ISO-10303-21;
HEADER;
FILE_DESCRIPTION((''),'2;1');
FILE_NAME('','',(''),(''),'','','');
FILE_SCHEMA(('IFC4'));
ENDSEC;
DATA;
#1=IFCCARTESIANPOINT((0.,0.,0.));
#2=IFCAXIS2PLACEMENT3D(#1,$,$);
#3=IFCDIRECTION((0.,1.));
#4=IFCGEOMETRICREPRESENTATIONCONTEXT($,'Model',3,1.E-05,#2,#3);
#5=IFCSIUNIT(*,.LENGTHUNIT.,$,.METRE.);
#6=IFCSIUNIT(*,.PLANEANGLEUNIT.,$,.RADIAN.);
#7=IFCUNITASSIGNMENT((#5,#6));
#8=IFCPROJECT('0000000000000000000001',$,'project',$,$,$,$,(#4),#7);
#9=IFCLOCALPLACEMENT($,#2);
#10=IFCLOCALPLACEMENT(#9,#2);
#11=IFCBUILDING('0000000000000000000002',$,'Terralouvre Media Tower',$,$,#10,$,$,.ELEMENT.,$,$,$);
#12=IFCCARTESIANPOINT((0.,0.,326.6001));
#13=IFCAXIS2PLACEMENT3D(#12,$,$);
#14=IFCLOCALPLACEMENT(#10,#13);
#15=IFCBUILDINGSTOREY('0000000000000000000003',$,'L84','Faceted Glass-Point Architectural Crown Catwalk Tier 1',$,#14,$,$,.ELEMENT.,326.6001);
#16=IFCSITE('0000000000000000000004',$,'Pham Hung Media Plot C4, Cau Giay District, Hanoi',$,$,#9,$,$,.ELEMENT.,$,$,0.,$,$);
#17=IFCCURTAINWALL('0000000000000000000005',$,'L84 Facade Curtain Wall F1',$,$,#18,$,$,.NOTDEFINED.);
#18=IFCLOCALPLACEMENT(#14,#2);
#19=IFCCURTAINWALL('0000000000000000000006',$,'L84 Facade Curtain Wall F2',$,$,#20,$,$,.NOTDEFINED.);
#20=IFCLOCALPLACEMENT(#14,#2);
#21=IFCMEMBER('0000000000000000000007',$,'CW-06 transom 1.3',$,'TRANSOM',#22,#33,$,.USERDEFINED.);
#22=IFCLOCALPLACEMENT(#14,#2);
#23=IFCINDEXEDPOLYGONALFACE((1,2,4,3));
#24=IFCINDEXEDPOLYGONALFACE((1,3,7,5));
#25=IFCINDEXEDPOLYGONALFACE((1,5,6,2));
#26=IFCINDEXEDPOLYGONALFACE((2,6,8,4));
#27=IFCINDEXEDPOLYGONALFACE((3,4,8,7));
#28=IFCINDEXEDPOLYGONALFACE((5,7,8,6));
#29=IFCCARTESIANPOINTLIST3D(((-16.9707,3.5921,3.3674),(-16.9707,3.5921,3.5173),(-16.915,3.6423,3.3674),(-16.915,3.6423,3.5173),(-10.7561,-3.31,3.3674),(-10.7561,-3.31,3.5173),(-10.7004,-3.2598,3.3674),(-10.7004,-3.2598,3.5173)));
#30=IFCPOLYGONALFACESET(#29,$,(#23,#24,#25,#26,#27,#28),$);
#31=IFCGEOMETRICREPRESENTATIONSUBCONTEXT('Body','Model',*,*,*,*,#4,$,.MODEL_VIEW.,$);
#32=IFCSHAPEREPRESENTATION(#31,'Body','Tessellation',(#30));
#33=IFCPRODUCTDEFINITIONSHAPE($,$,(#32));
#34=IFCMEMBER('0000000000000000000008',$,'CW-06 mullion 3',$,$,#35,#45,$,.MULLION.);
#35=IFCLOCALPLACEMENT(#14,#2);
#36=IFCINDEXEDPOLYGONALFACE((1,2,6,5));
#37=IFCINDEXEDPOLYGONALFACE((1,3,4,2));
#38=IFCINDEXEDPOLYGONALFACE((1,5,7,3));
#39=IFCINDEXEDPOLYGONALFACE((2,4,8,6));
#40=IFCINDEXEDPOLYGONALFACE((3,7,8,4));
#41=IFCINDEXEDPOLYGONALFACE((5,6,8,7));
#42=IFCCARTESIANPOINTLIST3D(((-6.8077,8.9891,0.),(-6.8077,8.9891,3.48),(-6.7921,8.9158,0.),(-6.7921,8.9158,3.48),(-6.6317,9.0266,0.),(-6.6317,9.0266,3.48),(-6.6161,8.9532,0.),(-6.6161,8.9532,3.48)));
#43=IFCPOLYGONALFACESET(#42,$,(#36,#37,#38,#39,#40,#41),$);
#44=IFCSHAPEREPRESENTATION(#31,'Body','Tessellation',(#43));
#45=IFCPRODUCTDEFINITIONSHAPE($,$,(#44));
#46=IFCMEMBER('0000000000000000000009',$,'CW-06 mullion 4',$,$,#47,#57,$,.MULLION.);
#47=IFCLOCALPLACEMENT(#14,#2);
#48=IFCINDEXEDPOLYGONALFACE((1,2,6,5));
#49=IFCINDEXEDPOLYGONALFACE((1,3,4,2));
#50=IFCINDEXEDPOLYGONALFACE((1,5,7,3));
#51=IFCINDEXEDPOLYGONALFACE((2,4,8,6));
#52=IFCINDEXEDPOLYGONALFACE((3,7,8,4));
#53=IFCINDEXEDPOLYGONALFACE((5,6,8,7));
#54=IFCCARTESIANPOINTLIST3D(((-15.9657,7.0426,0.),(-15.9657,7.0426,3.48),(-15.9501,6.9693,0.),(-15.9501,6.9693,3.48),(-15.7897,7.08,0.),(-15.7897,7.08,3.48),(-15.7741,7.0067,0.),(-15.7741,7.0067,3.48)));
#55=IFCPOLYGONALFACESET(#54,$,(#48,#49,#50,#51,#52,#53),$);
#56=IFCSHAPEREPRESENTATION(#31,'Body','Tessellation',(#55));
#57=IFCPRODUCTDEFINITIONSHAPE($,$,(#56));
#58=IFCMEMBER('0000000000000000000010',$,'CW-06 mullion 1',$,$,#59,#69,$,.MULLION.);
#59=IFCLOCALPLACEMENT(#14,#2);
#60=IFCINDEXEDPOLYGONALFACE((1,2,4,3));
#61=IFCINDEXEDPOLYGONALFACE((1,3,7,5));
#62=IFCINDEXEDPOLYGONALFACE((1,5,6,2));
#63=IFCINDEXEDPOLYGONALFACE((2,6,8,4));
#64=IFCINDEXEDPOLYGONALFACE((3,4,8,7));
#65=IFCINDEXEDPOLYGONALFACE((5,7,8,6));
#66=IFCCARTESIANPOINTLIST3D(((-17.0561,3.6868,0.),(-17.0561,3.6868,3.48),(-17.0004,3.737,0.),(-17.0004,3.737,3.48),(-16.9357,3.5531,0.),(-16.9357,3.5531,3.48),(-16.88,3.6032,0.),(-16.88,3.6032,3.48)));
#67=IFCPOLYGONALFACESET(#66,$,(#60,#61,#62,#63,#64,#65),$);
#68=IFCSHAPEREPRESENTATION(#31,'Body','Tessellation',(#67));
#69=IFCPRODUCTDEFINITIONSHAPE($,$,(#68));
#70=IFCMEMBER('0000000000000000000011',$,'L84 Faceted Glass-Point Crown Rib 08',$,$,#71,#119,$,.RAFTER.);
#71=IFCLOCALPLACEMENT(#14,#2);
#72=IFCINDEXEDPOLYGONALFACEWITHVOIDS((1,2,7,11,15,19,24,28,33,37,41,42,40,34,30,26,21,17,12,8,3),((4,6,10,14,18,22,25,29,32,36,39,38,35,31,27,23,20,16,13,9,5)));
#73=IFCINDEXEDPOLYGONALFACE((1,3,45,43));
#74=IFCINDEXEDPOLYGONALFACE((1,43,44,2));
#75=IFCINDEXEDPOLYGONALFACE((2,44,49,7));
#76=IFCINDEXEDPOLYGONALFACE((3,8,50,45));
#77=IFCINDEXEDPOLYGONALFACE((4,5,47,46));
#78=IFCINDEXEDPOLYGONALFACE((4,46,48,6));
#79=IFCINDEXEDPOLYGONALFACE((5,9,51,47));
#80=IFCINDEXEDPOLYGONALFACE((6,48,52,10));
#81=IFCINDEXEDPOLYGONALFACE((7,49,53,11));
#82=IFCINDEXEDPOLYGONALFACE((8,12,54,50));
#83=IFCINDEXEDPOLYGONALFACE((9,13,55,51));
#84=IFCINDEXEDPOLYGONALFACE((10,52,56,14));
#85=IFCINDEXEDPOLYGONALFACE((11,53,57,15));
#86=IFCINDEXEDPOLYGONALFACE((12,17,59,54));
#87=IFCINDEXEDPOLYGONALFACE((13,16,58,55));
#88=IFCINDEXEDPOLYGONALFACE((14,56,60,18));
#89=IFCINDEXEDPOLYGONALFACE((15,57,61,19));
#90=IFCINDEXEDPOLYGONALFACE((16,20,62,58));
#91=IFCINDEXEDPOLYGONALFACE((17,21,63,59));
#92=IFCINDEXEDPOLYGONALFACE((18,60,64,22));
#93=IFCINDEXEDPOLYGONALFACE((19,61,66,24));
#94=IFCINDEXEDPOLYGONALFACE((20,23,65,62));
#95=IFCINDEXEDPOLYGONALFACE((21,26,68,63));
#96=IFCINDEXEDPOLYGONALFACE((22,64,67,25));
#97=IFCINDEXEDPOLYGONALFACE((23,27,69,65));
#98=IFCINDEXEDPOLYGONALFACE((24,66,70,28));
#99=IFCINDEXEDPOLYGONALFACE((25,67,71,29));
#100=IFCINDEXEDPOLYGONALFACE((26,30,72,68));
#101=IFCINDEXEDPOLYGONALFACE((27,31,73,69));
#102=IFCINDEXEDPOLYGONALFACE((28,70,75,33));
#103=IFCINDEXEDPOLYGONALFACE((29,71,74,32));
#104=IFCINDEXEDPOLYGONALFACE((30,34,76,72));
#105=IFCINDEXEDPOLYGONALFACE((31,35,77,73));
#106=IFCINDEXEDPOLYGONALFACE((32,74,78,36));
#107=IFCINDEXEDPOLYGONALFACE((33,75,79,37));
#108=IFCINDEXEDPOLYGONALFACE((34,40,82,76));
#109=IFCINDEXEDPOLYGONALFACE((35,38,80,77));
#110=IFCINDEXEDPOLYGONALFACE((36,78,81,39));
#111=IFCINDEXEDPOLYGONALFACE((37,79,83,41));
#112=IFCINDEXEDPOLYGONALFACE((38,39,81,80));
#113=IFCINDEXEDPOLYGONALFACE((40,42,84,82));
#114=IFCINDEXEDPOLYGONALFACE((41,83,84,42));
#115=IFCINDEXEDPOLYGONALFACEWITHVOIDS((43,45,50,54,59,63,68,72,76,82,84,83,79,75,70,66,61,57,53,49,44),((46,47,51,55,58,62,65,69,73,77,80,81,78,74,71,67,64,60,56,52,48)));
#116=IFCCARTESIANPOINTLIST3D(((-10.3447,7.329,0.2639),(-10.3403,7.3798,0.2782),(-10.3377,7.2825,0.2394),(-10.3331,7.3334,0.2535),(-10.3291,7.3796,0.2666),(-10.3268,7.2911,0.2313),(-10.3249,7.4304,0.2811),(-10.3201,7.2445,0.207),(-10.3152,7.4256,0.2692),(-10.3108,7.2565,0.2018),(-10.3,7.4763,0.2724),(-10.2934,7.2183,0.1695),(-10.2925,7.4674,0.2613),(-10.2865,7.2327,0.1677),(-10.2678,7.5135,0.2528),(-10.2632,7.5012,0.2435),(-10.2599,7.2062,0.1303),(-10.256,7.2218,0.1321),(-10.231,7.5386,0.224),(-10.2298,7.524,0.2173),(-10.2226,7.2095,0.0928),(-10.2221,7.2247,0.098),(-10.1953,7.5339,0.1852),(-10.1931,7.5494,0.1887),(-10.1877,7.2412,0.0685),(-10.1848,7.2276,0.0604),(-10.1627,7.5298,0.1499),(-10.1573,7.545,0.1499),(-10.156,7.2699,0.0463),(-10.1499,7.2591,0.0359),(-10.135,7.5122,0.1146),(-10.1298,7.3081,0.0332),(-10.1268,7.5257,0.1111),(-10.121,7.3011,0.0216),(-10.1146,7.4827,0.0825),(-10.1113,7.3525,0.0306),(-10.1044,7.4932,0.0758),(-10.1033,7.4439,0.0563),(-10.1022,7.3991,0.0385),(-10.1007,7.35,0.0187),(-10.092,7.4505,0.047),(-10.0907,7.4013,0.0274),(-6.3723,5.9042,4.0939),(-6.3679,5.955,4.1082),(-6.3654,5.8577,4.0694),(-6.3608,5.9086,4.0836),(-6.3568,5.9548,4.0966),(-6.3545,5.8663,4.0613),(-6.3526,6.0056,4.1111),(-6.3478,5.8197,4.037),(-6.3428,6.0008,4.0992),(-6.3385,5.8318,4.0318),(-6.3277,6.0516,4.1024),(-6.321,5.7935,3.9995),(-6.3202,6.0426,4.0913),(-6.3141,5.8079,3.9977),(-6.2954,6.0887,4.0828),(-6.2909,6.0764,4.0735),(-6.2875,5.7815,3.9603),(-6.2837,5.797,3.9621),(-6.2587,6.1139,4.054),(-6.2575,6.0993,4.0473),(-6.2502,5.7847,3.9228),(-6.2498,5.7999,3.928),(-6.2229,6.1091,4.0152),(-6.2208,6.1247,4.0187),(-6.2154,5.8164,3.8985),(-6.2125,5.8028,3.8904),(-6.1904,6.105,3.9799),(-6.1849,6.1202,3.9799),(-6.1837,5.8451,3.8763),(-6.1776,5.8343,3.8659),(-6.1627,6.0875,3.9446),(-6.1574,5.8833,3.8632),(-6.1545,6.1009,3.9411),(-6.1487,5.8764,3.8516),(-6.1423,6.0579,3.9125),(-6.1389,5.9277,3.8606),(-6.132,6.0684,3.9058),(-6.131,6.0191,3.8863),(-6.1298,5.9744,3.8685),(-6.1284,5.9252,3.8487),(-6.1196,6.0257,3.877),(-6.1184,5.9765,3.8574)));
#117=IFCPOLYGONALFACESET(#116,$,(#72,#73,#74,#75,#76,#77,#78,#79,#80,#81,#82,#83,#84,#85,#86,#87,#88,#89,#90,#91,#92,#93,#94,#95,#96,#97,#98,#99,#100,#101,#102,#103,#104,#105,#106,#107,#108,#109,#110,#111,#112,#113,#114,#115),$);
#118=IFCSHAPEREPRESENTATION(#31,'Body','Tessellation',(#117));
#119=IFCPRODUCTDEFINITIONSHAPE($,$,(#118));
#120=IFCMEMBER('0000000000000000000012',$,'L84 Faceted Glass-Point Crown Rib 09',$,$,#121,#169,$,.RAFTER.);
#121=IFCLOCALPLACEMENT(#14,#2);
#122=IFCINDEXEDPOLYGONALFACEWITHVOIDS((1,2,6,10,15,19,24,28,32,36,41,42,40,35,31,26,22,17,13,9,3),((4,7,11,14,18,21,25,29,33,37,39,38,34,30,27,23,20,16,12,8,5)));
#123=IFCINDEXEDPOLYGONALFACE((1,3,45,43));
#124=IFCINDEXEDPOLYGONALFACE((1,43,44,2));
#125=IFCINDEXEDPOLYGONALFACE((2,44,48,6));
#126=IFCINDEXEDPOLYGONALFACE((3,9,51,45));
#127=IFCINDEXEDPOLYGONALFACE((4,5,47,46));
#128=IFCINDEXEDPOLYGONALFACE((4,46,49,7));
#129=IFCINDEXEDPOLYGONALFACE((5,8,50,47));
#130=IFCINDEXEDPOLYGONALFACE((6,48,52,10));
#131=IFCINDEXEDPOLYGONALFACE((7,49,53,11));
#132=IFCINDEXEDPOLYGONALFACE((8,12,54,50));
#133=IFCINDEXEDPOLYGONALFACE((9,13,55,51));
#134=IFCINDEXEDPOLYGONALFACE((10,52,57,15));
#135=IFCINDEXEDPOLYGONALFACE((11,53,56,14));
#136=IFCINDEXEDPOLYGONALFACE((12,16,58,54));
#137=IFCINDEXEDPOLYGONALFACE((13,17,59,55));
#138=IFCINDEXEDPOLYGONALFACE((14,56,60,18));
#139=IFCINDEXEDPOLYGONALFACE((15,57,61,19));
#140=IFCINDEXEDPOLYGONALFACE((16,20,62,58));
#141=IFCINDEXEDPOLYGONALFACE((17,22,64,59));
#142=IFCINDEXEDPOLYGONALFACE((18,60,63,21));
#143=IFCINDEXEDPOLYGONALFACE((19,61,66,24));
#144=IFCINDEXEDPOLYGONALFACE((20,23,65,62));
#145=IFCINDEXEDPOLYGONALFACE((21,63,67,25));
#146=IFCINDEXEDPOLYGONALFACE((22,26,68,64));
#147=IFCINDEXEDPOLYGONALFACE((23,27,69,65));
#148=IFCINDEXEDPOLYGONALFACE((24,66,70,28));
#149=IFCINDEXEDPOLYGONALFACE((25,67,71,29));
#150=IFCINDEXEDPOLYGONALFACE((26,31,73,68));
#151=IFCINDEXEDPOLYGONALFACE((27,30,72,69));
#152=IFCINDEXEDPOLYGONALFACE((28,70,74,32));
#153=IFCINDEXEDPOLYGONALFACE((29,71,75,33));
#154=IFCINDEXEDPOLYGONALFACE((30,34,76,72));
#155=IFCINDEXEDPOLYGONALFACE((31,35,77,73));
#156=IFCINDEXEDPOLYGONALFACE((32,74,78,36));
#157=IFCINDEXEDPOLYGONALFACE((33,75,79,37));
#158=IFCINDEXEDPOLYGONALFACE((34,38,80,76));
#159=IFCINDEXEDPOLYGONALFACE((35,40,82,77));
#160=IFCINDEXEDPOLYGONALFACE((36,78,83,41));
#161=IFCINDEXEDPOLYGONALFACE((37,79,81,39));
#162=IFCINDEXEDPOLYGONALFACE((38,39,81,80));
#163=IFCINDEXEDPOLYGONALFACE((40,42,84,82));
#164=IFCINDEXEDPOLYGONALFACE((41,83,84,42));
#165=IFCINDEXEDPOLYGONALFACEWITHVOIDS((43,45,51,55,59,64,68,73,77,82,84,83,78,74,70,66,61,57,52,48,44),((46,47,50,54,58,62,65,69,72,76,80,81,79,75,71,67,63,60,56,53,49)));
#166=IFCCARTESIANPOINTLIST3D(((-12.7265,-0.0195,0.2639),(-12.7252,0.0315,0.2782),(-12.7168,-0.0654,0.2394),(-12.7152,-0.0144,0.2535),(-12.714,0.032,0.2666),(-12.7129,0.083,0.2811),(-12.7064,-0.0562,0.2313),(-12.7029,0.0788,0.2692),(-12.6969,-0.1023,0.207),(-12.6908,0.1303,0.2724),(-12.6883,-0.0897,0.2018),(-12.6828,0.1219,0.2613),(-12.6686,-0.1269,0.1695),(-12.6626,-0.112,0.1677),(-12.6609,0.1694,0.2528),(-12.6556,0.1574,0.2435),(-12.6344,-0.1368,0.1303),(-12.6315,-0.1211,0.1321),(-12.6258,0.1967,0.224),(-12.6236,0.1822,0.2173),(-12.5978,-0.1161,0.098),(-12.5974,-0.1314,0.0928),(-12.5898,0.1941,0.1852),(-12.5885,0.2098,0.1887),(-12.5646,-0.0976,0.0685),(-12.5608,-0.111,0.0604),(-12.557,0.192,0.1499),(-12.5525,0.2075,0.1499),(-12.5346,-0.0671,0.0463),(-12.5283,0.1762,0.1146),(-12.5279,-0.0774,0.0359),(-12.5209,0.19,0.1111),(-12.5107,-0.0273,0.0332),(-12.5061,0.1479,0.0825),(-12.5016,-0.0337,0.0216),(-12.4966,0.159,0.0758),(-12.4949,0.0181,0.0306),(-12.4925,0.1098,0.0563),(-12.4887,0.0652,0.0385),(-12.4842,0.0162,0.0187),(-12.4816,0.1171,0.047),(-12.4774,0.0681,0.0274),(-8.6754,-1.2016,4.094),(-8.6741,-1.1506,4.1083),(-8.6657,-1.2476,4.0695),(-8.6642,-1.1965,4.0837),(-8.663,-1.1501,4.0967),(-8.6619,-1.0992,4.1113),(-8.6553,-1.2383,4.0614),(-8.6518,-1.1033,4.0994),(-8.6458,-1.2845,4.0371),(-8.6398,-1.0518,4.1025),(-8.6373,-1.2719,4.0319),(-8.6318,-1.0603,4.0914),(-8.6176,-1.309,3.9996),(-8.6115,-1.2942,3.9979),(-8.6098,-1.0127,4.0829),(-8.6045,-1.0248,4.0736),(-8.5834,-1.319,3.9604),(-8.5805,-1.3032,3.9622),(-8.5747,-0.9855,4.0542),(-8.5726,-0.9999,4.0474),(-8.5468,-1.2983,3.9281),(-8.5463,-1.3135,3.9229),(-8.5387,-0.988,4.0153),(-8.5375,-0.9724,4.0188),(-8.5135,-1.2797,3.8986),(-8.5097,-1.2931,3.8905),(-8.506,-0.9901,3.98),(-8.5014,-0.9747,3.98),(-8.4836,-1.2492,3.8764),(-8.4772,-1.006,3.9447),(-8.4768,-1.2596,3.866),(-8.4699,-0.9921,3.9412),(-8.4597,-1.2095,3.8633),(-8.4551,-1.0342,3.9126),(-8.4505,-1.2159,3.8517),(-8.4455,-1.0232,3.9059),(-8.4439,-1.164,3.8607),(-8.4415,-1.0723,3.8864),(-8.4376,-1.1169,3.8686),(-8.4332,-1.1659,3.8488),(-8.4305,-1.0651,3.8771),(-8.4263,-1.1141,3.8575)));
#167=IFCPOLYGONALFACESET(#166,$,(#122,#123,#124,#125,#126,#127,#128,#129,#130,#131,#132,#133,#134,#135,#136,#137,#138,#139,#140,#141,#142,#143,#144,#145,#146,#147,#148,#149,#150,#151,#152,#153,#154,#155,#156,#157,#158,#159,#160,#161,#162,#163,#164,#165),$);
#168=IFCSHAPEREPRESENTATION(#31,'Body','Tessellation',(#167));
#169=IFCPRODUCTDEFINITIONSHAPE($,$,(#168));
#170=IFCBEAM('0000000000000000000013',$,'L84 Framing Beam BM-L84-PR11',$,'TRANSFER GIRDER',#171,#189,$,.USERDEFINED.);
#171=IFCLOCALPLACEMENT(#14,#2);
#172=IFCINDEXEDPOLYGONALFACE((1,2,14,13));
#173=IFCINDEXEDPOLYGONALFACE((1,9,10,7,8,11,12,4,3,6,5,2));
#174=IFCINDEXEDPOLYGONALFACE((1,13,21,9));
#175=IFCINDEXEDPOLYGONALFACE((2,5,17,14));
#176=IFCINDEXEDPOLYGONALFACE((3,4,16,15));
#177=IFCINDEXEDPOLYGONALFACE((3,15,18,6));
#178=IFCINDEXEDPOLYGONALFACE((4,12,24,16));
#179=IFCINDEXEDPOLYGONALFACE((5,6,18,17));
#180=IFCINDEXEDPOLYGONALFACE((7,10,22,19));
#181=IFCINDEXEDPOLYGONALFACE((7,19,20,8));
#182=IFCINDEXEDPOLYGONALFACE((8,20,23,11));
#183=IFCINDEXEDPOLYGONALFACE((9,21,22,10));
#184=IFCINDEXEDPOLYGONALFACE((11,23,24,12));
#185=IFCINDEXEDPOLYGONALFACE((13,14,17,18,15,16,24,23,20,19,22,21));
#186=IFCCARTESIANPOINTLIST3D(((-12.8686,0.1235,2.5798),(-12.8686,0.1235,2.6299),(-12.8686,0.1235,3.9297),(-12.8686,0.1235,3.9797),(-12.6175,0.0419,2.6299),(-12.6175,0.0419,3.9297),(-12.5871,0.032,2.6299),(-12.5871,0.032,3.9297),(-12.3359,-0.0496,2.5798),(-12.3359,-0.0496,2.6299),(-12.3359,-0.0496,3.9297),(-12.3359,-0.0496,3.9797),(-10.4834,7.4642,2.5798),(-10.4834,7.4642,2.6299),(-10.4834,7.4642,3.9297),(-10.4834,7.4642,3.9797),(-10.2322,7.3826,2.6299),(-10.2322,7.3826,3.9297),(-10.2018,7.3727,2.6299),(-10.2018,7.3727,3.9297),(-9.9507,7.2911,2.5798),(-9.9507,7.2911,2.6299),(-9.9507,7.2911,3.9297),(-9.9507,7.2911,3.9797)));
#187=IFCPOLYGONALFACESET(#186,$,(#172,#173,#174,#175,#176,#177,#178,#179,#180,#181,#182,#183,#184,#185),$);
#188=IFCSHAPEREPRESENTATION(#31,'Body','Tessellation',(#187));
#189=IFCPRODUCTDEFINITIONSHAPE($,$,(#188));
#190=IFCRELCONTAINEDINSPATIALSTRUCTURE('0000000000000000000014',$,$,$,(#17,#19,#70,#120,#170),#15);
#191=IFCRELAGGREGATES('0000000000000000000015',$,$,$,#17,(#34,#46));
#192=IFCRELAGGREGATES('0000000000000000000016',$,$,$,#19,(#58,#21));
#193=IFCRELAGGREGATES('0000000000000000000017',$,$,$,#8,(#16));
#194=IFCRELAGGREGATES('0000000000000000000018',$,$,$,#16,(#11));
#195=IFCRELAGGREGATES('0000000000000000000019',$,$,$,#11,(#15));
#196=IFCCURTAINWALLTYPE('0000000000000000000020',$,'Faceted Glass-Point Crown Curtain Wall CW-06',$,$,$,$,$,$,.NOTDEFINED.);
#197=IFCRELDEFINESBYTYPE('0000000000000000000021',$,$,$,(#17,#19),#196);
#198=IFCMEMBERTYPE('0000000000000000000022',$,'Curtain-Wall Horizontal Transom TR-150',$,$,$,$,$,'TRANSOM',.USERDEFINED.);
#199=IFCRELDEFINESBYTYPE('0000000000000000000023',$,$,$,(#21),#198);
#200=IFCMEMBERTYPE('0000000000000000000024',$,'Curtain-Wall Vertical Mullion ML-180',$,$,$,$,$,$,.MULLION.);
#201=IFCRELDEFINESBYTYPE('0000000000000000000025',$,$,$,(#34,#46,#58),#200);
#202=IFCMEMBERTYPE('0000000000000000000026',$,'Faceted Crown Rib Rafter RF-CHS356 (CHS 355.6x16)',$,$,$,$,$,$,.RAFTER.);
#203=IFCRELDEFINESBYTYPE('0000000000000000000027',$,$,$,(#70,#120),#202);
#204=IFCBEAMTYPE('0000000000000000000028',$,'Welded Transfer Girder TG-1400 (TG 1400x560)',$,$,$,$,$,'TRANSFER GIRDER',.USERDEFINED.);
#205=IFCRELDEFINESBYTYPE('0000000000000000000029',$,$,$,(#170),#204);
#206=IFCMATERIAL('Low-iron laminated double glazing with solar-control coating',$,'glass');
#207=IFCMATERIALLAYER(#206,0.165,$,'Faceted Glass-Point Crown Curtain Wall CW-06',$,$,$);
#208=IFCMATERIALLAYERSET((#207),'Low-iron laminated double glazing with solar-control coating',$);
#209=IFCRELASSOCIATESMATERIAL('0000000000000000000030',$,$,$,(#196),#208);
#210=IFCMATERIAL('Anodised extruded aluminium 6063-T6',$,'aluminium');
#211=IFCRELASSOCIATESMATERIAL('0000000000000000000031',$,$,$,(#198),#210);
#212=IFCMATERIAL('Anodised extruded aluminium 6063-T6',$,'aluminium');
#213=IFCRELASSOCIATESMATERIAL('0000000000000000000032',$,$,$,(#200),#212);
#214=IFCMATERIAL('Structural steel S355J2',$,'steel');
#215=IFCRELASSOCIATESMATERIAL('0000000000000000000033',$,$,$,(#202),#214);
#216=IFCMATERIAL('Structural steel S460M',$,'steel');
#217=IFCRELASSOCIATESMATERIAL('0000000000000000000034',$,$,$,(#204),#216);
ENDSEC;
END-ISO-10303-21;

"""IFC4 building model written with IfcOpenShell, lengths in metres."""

from ifc_helpers import new_model, si_unit, direction, frame, origin, origin_2d, place, context, subcontext, project, spatial, rectangle, hollow_circle, i_section, extrude, material, layer, layer_set, material_profile, profile_set, type_object, element, aggregate, save


model = new_model("IFC4")

# Units and contexts
model_context = context("Model", 3, precision=1e-05, world=origin(), true_north=direction((0.0, 1.0)))
body_context = subcontext(model_context, "Body", "Model", "MODEL_VIEW")
ifc_project = project(units=[si_unit("LENGTHUNIT", "METRE"), si_unit("PLANEANGLEUNIT", "RADIAN")], contexts=[model_context])

# Site, building, storey
site_placement = place(None, origin())
site = spatial("IfcSite", under=ifc_project, at=site_placement, Name="Pham Hung Media Plot C4, Cau Giay District, Hanoi", CompositionType="ELEMENT", RefElevation=0.0)
building_placement = place(site_placement, origin())
building = spatial("IfcBuilding", under=site, at=building_placement, Name="Terralouvre Media Tower", CompositionType="ELEMENT")
storey_placement = place(building_placement, frame((0.0, 0.0, 326.6001)))
storey = spatial("IfcBuildingStorey", under=building, at=storey_placement, Name="L84", Description="Faceted Glass-Point Architectural Crown Catwalk Tier 1", CompositionType="ELEMENT", Elevation=326.6001)

# Curtain walls, member
ifc_material_1 = material(Name="Low-iron laminated double glazing with solar-control coating", Category="glass")
ifc_layer_1 = layer(ifc_material_1, 0.165, Name="Faceted Glass-Point Crown Curtain Wall CW-06")
ifc_layer_set_1 = layer_set([ifc_layer_1], Name="Low-iron laminated double glazing with solar-control coating")
curtain_wall_type = type_object("IfcCurtainWallType", Name="Faceted Glass-Point Crown Curtain Wall CW-06", PredefinedType="NOTDEFINED", material=ifc_layer_set_1)
curtain_wall_1_placement = place(storey_placement, origin())
curtain_wall_1 = element("IfcCurtainWall", 1, at=curtain_wall_1_placement, inside=storey, type_object=curtain_wall_type, Name="L84 Facade Curtain Wall F1", PredefinedType="NOTDEFINED")
ifc_material_2 = material(Name="Anodised extruded aluminium 6063-T6", Category="aluminium")
ifc_material_profile_1 = material_profile(ifc_material_2, rectangle(XDim=0.075, YDim=0.1499, at=origin_2d()), Name="ALU 75x150")
ifc_profile_set_1 = profile_set([ifc_material_profile_1], Name="Anodised extruded aluminium 6063-T6")
member_type_1 = type_object("IfcMemberType", Name="Curtain-Wall Horizontal Transom TR-150", ElementType="TRANSOM", PredefinedType="USERDEFINED", material=ifc_profile_set_1)
curtain_wall_2_placement = place(storey_placement, origin())
curtain_wall_2 = element("IfcCurtainWall", 2, at=curtain_wall_2_placement, inside=storey, type_object=curtain_wall_type, Name="L84 Facade Curtain Wall F2", PredefinedType="NOTDEFINED")
member_1_placement = place(storey_placement, frame((-16.9429, 3.6172, 3.4424), z_axis=(0.669126, -0.743149, 0.0), x_axis=(0.743149, 0.669126, 0.0)))
member_1 = element("IfcMember", 3, at=member_1_placement, type_object=member_type_1, Name="CW-06 transom 1.3", ObjectType="TRANSOM", PredefinedType="USERDEFINED", context=body_context, shape_type="SweptSolid", body=[
    extrude(rectangle(XDim=0.075, YDim=0.1499, at=origin_2d()), origin(), (0.0, 0.0, 1.0), 9.2876),
])

# Members
ifc_material_3 = material(Name="Anodised extruded aluminium 6063-T6", Category="aluminium")
ifc_material_profile_2 = material_profile(ifc_material_3, rectangle(XDim=0.075, YDim=0.1799, at=origin_2d()), Name="ALU 75x180")
ifc_profile_set_2 = profile_set([ifc_material_profile_2], Name="Anodised extruded aluminium 6063-T6")
member_type_2 = type_object("IfcMemberType", Name="Curtain-Wall Vertical Mullion ML-180", PredefinedType="MULLION", material=ifc_profile_set_2)
member_2_placement = place(storey_placement, frame((-6.7119, 8.9712, 0.0), z_axis=(0.0, 0.0, 1.0), x_axis=(0.207912, -0.978148, 0.0)))
member_2 = element("IfcMember", 4, at=member_2_placement, type_object=member_type_2, Name="CW-06 mullion 3", PredefinedType="MULLION", context=body_context, shape_type="SweptSolid", body=[
    extrude(rectangle(XDim=0.075, YDim=0.1799, at=origin_2d()), origin(), (0.0, 0.0, 1.0), 3.48),
])
member_3_placement = place(storey_placement, frame((-15.8699, 7.0247, 0.0), z_axis=(0.0, 0.0, 1.0), x_axis=(0.207912, -0.978148, 0.0)))
member_3 = element("IfcMember", 5, at=member_3_placement, type_object=member_type_2, Name="CW-06 mullion 4", PredefinedType="MULLION", context=body_context, shape_type="SweptSolid", body=[
    extrude(rectangle(XDim=0.075, YDim=0.1799, at=origin_2d()), origin(), (0.0, 0.0, 1.0), 3.48),
])
member_4_placement = place(storey_placement, frame((-16.968, 3.645, 0.0), z_axis=(0.0, 0.0, 1.0), x_axis=(0.743145, 0.66913, 0.0)))
member_4 = element("IfcMember", 6, at=member_4_placement, type_object=member_type_2, Name="CW-06 mullion 1", PredefinedType="MULLION", context=body_context, shape_type="SweptSolid", body=[
    extrude(rectangle(XDim=0.075, YDim=0.1799, at=origin_2d()), origin(), (0.0, 0.0, 1.0), 3.48),
])

# Members
ifc_material_4 = material(Name="Structural steel S355J2", Category="steel")
ifc_material_profile_3 = material_profile(ifc_material_4, hollow_circle(Radius=0.1777, WallThickness=0.0161, at=origin_2d()), Name="CHS 355.6x16")
ifc_profile_set_3 = profile_set([ifc_material_profile_3], Name="Structural steel S355J2")
member_type_3 = type_object("IfcMemberType", Name="Faceted Crown Rib Rafter RF-CHS356 (CHS 355.6x16)", PredefinedType="RAFTER", material=ifc_profile_set_3)
for number, where, z_axis, x_axis, name in (
    (7, (-10.2173, 7.3777, 0.1499), (0.697026, -0.250006, 0.672051), (0.337615, 0.941284, 0.0), "L84 Faceted Glass-Point Crown Rib 08"),
    (8, (-12.6023, 0.0369, 0.1499), (0.71084, -0.20743, 0.67207), (0.280127, 0.959963, 0.0), "L84 Faceted Glass-Point Crown Rib 09"),
):
    element("IfcMember", number, at=place(storey_placement, frame(where, z_axis=z_axis, x_axis=x_axis)), inside=storey, type_object=member_type_3, Name=name, PredefinedType="RAFTER", context=body_context, shape_type="SweptSolid", body=[
        extrude(hollow_circle(Radius=0.1777, WallThickness=0.0161, at=origin_2d()), origin(), (0.0, 0.0, 1.0), 5.699),
    ])

# Beam
ifc_material_5 = material(Name="Structural steel S460M", Category="steel")
ifc_material_profile_4 = material_profile(ifc_material_5, i_section(OverallWidth=0.5601, OverallDepth=1.3999, WebThickness=0.032, FlangeThickness=0.05, at=origin_2d()), Name="TG 1400x560")
ifc_profile_set_4 = profile_set([ifc_material_profile_4], Name="Structural steel S460M")
beam_type = type_object("IfcBeamType", Name="Welded Transfer Girder TG-1400 (TG 1400x560)", ElementType="TRANSFER GIRDER", PredefinedType="USERDEFINED", material=ifc_profile_set_4)
beam_1_placement = place(storey_placement, frame((-10.217, 7.3777, 3.2798), z_axis=(-0.309026, -0.951054, 0.0), x_axis=(0.951054, -0.309026, 0.0)))
element("IfcBeam", 9, at=beam_1_placement, inside=storey, type_object=beam_type, Name="L84 Framing Beam BM-L84-PR11", ObjectType="TRANSFER GIRDER", PredefinedType="USERDEFINED", context=body_context, shape_type="SweptSolid", body=[
    extrude(i_section(OverallWidth=0.5601, OverallDepth=1.3999, WebThickness=0.032, FlangeThickness=0.05, at=origin_2d()), origin(), (0.0, 0.0, 1.0), 7.7185),
])

aggregate(curtain_wall_1, [member_2, member_3])
aggregate(curtain_wall_2, [member_4, member_1])

save(model, "model.ifc")
